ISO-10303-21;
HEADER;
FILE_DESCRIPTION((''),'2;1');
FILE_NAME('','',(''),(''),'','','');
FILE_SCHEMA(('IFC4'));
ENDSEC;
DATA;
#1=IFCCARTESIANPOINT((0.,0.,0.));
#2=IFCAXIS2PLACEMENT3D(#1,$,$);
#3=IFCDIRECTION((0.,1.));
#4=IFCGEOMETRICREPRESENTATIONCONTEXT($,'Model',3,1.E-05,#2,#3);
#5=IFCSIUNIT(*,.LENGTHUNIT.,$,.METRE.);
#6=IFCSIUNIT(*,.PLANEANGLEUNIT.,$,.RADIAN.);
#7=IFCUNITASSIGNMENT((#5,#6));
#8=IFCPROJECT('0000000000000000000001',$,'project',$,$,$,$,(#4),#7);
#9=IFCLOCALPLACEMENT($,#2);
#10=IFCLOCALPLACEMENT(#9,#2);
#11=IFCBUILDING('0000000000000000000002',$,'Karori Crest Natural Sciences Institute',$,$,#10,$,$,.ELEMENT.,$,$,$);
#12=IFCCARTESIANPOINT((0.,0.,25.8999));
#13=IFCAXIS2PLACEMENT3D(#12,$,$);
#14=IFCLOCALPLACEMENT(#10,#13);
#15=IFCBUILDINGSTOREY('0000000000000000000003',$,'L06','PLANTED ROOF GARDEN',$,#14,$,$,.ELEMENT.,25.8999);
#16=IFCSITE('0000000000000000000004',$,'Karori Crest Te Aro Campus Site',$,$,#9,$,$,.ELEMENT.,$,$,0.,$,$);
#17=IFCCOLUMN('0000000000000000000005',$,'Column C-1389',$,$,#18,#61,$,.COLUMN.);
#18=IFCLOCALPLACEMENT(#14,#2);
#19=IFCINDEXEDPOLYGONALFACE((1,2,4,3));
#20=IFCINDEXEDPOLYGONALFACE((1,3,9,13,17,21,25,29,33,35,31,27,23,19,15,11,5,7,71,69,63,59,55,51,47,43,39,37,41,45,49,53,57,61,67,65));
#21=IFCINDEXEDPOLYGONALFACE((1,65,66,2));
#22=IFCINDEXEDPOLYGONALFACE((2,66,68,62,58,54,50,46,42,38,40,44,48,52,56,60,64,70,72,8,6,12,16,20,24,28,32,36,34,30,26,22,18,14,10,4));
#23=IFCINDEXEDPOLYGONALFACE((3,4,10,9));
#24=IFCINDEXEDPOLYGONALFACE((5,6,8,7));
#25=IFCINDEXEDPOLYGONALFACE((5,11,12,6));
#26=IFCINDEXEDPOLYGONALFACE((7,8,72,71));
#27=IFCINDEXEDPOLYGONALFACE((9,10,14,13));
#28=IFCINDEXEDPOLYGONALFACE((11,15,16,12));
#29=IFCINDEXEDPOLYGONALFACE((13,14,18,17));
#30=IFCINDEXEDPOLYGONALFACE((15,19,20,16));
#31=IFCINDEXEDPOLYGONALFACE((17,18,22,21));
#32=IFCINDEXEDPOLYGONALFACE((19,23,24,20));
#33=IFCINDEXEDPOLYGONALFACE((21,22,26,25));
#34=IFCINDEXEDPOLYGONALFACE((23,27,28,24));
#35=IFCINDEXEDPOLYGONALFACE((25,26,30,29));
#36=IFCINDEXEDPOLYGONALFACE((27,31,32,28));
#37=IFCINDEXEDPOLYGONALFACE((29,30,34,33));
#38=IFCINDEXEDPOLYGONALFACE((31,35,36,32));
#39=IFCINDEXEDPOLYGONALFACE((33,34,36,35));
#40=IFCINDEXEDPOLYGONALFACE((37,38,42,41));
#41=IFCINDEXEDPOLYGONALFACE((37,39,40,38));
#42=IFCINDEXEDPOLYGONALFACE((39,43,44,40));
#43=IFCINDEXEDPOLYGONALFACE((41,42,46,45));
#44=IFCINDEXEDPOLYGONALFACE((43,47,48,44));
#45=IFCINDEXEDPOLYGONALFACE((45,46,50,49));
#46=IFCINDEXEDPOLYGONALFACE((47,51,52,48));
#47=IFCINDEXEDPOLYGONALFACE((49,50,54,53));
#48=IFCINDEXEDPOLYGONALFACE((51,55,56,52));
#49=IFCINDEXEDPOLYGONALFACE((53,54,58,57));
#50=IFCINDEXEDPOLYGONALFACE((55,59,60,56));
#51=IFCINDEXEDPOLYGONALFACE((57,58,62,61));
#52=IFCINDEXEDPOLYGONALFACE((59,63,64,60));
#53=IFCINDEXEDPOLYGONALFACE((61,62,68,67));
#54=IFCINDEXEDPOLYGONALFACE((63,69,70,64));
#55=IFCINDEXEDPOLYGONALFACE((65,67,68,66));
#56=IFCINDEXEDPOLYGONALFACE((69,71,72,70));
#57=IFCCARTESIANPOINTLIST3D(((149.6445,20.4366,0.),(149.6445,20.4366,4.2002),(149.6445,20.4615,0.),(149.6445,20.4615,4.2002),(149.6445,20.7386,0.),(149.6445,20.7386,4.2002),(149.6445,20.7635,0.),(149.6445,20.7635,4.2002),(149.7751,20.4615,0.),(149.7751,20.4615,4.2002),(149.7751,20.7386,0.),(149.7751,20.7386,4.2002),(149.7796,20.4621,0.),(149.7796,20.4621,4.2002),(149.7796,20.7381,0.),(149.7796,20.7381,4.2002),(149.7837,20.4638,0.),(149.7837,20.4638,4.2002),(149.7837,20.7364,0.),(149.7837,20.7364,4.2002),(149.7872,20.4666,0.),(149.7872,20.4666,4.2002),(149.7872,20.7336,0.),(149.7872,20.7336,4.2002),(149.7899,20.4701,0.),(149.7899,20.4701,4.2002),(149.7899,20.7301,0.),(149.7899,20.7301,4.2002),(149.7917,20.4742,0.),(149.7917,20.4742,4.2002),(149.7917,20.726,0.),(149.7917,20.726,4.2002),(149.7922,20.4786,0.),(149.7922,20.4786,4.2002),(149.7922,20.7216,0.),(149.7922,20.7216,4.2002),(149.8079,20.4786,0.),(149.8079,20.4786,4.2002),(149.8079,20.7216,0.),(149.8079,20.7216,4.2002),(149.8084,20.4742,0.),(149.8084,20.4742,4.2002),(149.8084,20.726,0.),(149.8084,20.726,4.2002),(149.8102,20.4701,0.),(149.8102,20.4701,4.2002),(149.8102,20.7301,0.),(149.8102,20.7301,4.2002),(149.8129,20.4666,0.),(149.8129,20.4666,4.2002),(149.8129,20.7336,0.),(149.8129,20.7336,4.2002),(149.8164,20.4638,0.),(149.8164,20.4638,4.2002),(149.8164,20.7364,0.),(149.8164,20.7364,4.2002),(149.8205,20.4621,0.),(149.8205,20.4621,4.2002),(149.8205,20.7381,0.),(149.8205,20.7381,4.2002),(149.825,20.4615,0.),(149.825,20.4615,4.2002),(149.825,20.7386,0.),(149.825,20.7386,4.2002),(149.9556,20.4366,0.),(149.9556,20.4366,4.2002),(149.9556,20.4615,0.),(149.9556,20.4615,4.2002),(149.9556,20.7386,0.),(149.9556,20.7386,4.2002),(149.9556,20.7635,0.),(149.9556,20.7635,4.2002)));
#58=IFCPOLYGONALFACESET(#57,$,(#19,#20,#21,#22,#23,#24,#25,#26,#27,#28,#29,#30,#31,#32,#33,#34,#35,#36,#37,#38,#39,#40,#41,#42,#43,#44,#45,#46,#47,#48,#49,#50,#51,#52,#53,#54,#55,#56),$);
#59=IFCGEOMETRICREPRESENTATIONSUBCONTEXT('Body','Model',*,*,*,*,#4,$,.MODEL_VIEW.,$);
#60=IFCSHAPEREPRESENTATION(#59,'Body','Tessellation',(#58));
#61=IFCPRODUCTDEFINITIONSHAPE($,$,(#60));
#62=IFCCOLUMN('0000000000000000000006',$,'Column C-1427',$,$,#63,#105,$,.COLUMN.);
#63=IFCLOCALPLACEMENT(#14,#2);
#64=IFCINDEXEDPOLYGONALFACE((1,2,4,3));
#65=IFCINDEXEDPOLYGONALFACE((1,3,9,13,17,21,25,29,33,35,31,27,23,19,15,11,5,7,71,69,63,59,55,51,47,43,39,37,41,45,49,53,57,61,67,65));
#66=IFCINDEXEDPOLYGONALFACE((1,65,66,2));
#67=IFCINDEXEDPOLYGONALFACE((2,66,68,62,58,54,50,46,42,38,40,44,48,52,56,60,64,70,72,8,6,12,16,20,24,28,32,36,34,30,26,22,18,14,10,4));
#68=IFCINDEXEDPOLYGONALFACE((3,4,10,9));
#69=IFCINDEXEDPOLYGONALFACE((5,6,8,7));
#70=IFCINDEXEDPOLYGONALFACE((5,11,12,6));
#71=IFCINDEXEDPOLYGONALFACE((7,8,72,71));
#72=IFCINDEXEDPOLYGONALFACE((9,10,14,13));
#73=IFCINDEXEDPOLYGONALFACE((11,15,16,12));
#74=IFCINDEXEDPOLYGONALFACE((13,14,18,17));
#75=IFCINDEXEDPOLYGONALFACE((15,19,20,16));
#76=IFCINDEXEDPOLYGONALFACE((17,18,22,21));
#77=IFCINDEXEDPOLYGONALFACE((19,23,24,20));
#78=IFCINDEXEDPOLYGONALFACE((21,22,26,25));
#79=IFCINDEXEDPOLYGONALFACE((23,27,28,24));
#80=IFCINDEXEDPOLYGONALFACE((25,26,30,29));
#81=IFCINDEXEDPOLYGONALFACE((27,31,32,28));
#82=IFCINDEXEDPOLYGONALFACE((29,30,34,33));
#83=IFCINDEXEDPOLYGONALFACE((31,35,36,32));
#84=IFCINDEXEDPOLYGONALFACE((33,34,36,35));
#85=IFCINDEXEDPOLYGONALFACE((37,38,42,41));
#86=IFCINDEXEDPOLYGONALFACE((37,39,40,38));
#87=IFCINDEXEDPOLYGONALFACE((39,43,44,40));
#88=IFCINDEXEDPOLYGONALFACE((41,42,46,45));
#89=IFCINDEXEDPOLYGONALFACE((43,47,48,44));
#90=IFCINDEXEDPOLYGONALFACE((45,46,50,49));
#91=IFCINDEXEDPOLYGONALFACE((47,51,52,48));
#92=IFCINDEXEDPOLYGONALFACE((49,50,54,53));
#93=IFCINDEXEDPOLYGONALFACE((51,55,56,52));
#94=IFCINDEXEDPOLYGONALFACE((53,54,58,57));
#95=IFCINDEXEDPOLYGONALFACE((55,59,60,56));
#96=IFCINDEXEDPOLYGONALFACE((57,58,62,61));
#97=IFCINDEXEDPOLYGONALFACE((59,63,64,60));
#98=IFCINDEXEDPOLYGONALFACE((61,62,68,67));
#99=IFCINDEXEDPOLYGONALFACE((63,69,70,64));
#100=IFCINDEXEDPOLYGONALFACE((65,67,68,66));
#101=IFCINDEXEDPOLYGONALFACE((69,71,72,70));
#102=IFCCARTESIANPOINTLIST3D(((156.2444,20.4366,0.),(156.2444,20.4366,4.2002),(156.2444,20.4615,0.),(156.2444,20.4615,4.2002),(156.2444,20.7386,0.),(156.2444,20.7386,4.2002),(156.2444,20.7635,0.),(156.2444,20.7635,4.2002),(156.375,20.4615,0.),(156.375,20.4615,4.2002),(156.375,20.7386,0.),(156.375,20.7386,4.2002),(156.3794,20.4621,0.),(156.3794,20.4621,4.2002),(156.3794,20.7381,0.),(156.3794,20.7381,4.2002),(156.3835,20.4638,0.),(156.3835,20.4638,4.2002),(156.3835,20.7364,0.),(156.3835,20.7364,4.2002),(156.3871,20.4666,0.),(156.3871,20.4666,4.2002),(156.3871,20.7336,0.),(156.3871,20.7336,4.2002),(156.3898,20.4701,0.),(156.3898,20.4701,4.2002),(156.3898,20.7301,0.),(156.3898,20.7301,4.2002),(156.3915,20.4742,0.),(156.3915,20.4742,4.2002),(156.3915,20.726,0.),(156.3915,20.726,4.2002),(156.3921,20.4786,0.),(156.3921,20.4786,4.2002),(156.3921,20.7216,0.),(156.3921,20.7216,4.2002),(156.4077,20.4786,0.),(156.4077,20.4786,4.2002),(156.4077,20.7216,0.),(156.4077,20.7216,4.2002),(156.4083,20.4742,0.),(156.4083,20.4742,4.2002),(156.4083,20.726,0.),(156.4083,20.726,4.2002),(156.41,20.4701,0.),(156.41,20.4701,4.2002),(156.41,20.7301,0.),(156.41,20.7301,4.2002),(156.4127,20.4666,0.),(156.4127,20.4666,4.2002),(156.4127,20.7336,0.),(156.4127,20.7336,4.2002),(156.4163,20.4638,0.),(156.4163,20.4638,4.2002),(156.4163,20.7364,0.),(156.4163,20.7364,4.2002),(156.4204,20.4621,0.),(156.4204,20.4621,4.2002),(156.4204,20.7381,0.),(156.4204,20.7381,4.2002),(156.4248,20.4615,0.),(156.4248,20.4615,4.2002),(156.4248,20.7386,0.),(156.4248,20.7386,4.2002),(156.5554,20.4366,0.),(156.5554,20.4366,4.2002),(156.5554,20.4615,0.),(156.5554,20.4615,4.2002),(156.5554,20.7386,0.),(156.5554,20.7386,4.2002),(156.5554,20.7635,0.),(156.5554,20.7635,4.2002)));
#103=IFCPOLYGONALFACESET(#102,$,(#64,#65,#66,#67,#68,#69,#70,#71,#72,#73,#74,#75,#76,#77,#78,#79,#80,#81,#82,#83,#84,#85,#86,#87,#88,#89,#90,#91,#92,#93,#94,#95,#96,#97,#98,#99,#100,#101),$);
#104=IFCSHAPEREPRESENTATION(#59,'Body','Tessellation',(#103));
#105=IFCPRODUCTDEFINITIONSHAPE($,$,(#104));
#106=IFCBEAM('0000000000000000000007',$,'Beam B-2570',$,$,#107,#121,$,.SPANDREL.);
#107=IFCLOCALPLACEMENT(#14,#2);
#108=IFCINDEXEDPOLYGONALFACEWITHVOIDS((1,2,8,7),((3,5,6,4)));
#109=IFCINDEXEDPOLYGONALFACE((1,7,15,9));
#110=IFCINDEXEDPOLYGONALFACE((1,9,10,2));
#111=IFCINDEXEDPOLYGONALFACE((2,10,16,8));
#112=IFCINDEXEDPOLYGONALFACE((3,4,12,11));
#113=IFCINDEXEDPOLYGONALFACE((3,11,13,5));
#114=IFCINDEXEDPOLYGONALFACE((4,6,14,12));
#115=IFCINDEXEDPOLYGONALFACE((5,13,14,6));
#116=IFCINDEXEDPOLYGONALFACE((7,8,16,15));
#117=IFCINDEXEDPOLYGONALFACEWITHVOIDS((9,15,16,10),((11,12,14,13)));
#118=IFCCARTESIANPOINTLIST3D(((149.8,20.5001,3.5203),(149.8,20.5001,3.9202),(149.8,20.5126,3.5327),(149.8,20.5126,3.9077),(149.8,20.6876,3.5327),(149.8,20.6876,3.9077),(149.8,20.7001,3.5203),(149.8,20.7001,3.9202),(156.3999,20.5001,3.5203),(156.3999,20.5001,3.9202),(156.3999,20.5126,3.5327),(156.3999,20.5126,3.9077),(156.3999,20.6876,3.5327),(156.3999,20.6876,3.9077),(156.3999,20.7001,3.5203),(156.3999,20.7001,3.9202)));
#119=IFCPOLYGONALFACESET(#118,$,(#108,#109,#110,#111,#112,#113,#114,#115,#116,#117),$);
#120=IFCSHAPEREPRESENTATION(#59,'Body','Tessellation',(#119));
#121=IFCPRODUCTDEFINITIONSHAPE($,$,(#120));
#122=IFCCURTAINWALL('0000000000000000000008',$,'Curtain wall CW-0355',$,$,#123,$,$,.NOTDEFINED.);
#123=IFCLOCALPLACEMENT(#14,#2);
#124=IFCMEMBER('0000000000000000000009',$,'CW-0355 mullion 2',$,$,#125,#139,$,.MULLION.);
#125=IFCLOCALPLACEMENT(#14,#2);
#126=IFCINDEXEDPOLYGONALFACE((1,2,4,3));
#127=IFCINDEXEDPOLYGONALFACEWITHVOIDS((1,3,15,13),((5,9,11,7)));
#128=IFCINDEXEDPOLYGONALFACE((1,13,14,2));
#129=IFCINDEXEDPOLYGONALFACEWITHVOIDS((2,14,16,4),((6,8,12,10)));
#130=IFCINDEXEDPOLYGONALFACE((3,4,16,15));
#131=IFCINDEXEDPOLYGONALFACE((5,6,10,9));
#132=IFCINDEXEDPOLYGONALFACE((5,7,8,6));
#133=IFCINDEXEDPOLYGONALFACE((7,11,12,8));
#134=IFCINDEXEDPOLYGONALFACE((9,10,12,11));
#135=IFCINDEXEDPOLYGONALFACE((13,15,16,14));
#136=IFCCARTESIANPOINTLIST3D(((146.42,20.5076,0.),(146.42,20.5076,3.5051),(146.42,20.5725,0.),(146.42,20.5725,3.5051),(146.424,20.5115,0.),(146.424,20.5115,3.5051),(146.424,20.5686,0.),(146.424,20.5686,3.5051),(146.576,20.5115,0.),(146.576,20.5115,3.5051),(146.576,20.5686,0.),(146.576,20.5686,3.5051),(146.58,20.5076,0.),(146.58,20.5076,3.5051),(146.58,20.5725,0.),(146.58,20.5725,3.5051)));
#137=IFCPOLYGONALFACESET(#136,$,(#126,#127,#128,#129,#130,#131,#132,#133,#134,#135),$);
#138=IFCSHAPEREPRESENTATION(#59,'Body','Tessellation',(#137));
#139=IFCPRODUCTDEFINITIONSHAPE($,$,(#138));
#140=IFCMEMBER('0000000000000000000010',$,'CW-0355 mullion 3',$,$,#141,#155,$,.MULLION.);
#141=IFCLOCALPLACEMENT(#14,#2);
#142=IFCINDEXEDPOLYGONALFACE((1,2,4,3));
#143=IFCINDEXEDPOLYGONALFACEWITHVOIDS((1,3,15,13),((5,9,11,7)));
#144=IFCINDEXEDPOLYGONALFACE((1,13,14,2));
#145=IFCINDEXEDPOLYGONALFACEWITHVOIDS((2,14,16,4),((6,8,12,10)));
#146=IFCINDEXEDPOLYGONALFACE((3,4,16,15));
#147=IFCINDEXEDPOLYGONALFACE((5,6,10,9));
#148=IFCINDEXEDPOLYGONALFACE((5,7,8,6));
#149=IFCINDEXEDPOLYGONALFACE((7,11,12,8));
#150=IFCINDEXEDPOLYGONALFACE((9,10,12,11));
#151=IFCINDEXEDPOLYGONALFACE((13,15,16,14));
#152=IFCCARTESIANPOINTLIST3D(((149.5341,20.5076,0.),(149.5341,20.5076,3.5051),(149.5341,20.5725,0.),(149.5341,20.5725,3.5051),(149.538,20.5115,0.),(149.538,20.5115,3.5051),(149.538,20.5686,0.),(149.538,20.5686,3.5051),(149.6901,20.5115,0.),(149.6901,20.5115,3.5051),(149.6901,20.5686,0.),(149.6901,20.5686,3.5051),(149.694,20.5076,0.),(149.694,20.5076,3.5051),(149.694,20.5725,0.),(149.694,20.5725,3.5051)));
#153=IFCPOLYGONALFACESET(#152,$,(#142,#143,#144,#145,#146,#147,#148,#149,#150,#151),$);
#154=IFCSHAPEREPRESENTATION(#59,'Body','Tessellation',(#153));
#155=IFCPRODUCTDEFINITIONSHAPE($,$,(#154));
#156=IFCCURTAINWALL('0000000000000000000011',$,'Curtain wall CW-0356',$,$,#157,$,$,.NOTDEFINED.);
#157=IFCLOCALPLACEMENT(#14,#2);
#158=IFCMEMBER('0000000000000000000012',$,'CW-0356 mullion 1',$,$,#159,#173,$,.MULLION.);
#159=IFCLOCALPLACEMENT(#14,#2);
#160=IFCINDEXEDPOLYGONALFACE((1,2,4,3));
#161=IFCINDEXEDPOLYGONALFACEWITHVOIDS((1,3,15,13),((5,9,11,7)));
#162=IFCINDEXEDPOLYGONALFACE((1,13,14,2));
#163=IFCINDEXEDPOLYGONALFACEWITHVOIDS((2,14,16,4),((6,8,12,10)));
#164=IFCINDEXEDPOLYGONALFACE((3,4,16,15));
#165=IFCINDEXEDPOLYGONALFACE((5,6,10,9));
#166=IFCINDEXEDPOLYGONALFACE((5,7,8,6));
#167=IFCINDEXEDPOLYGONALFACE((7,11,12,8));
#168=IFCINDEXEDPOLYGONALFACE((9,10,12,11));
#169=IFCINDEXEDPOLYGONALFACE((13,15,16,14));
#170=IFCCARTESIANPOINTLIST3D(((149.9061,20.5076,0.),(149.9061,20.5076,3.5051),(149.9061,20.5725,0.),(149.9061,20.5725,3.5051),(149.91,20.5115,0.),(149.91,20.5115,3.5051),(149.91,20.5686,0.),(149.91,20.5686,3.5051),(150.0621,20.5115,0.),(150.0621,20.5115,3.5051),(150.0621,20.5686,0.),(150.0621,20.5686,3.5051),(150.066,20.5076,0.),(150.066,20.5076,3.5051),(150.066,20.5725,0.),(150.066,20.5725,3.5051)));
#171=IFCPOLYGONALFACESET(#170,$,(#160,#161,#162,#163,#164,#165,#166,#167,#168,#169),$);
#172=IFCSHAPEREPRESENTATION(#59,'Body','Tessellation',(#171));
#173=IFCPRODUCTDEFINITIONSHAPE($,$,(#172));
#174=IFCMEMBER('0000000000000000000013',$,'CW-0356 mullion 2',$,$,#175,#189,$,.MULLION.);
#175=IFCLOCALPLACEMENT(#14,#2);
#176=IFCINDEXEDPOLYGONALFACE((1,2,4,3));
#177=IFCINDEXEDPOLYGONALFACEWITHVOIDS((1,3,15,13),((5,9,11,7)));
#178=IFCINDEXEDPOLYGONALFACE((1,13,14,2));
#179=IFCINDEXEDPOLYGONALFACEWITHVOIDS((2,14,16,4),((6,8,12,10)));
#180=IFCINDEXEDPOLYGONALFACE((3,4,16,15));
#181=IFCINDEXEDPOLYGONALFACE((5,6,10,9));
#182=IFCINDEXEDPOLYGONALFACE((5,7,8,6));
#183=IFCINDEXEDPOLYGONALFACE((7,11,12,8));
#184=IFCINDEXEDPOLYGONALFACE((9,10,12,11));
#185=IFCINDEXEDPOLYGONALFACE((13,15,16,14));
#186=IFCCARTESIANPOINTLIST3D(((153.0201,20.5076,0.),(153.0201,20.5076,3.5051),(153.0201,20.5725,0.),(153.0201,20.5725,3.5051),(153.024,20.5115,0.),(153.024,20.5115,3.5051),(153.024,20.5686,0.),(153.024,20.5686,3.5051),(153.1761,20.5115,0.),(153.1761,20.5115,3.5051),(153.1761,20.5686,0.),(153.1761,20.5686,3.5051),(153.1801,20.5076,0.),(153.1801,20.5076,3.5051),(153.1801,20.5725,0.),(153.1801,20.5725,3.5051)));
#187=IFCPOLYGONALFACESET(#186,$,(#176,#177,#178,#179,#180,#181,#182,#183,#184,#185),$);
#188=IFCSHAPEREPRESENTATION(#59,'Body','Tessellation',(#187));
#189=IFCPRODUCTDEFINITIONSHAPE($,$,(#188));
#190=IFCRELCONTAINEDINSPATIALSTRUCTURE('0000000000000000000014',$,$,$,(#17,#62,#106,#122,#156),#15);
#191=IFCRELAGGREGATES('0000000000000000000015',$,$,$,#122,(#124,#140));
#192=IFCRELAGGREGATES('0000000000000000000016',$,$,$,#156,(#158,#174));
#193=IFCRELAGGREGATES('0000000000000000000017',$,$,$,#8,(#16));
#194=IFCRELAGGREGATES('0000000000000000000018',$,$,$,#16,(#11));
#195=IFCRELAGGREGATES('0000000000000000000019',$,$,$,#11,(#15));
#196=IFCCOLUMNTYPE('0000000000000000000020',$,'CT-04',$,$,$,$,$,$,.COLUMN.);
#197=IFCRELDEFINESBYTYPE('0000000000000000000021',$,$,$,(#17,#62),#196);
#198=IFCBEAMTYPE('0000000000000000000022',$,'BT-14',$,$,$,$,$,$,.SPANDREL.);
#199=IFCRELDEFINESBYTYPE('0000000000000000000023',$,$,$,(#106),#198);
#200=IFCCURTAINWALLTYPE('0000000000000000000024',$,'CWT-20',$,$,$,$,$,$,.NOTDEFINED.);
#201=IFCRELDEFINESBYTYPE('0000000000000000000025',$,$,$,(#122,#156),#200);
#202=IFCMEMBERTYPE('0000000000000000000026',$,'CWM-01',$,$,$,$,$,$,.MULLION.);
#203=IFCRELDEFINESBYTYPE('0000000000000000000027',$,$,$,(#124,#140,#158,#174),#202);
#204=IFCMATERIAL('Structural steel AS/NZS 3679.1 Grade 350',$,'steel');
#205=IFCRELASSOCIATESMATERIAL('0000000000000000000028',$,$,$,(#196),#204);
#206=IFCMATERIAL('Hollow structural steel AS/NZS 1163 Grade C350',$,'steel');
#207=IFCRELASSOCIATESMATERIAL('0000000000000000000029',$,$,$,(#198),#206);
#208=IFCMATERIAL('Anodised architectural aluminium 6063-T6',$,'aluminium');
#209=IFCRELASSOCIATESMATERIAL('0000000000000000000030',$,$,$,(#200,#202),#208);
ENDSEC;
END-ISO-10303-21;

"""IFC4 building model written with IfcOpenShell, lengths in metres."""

from ifc_helpers import new_model, si_unit, direction, frame, origin, origin_2d, place, context, subcontext, project, spatial, hollow_rectangle, i_section, extrude, material, material_profile, profile_set, type_object, element, aggregate, save


model = new_model("IFC4")

# Units and contexts
model_context = context("Model", 3, precision=1e-05, world=origin(), true_north=direction((0.0, 1.0)))
body_context = subcontext(model_context, "Body", "Model", "MODEL_VIEW")
ifc_project = project(units=[si_unit("LENGTHUNIT", "METRE"), si_unit("PLANEANGLEUNIT", "RADIAN")], contexts=[model_context])

# Site, building, storey
site_placement = place(None, origin())
site = spatial("IfcSite", under=ifc_project, at=site_placement, Name="Karori Crest Te Aro Campus Site", CompositionType="ELEMENT", RefElevation=0.0)
building_placement = place(site_placement, origin())
building = spatial("IfcBuilding", under=site, at=building_placement, Name="Karori Crest Natural Sciences Institute", CompositionType="ELEMENT")
storey_placement = place(building_placement, frame((0.0, 0.0, 25.8999)))
storey = spatial("IfcBuildingStorey", under=building, at=storey_placement, Name="L06", Description="PLANTED ROOF GARDEN", CompositionType="ELEMENT", Elevation=25.8999)

# Columns
ifc_material_1 = material(Name="Structural steel AS/NZS 3679.1 Grade 350", Category="steel")
ifc_material_profile_1 = material_profile(ifc_material_1, i_section(OverallWidth=0.311, OverallDepth=0.3269, WebThickness=0.0156, FlangeThickness=0.0249, FilletRadius=0.0171, at=origin_2d()), Name="310UC158")
ifc_profile_set_1 = profile_set([ifc_material_profile_1], Name="Structural steel AS/NZS 3679.1 Grade 350")
column_type = type_object("IfcColumnType", Name="CT-04", PredefinedType="COLUMN", material=ifc_profile_set_1)
for number, where, z_axis, x_axis, name in (
    (1, (149.8, 20.6001, 0.0), (0.0, 0.0, 1.0), (1.0, 0.0, 0.0), "Column C-1389"),
    (2, (156.3999, 20.6001, 0.0), (0.0, 0.0, 1.0), (1.0, 0.0, 0.0), "Column C-1427"),
):
    element("IfcColumn", number, at=place(storey_placement, frame(where, z_axis=z_axis, x_axis=x_axis)), inside=storey, type_object=column_type, Name=name, PredefinedType="COLUMN", context=body_context, shape_type="SweptSolid", body=[
        extrude(i_section(OverallWidth=0.311, OverallDepth=0.3269, WebThickness=0.0156, FlangeThickness=0.0249, FilletRadius=0.0171, at=origin_2d()), origin(), (0.0, 0.0, 1.0), 4.2002),
    ])

# Beam
ifc_material_2 = material(Name="Hollow structural steel AS/NZS 1163 Grade C350", Category="steel")
ifc_material_profile_2 = material_profile(ifc_material_2, hollow_rectangle(XDim=0.2, YDim=0.3999, WallThickness=0.0125, at=origin_2d()), Name="RHS400x200x12.5")
ifc_profile_set_2 = profile_set([ifc_material_profile_2], Name="Hollow structural steel AS/NZS 1163 Grade C350")
beam_type = type_object("IfcBeamType", Name="BT-14", PredefinedType="SPANDREL", material=ifc_profile_set_2)
beam_placement = place(storey_placement, frame((149.8, 20.6001, 3.7202), z_axis=(1.0, 0.0, 0.0), x_axis=(0.0, 1.0, 0.0)))
element("IfcBeam", 3, at=beam_placement, inside=storey, type_object=beam_type, Name="Beam B-2570", PredefinedType="SPANDREL", context=body_context, shape_type="SweptSolid", body=[
    extrude(hollow_rectangle(XDim=0.2, YDim=0.3999, WallThickness=0.0125, at=origin_2d()), origin(), (0.0, 0.0, 1.0), 6.5999),
])

# Curtain walls, members
ifc_material_3 = material(Name="Anodised architectural aluminium 6063-T6", Category="aluminium")
curtain_wall_type = type_object("IfcCurtainWallType", Name="CWT-20", PredefinedType="NOTDEFINED", material=ifc_material_3)
curtain_wall_1_placement = place(storey_placement, origin())
curtain_wall_1 = element("IfcCurtainWall", 4, at=curtain_wall_1_placement, inside=storey, type_object=curtain_wall_type, Name="Curtain wall CW-0355", PredefinedType="NOTDEFINED")
ifc_material_profile_3 = material_profile(ifc_material_3, hollow_rectangle(XDim=0.0649, YDim=0.1599, WallThickness=0.0039, at=origin_2d()), Name="CWM160x65x4")
ifc_profile_set_3 = profile_set([ifc_material_profile_3], Name="Anodised architectural aluminium 6063-T6")
member_type_1 = type_object("IfcMemberType", Name="CWM-01", PredefinedType="MULLION", material=ifc_profile_set_3)
member_1_placement = place(storey_placement, frame((146.5, 20.54, 0.0), z_axis=(0.0, 0.0, 1.0), x_axis=(0.0, 1.0, 0.0)))
member_1 = element("IfcMember", 5, at=member_1_placement, type_object=member_type_1, Name="CW-0355 mullion 2", PredefinedType="MULLION", context=body_context, shape_type="SweptSolid", body=[
    extrude(hollow_rectangle(XDim=0.0649, YDim=0.1599, WallThickness=0.0039, at=origin_2d()), origin(), (0.0, 0.0, 1.0), 3.5051),
])
member_2_placement = place(storey_placement, frame((149.614, 20.54, 0.0), z_axis=(0.0, 0.0, 1.0), x_axis=(0.0, 1.0, 0.0)))
member_2 = element("IfcMember", 6, at=member_2_placement, type_object=member_type_1, Name="CW-0355 mullion 3", PredefinedType="MULLION", context=body_context, shape_type="SweptSolid", body=[
    extrude(hollow_rectangle(XDim=0.0649, YDim=0.1599, WallThickness=0.0039, at=origin_2d()), origin(), (0.0, 0.0, 1.0), 3.5051),
])
curtain_wall_2_placement = place(storey_placement, origin())
curtain_wall_2 = element("IfcCurtainWall", 7, at=curtain_wall_2_placement, inside=storey, type_object=curtain_wall_type, Name="Curtain wall CW-0356", PredefinedType="NOTDEFINED")
member_3_placement = place(storey_placement, frame((149.9861, 20.54, 0.0), z_axis=(0.0, 0.0, 1.0), x_axis=(0.0, 1.0, 0.0)))
member_3 = element("IfcMember", 8, at=member_3_placement, type_object=member_type_1, Name="CW-0356 mullion 1", PredefinedType="MULLION", context=body_context, shape_type="SweptSolid", body=[
    extrude(hollow_rectangle(XDim=0.0649, YDim=0.1599, WallThickness=0.0039, at=origin_2d()), origin(), (0.0, 0.0, 1.0), 3.5051),
])
member_4_placement = place(storey_placement, frame((153.1001, 20.54, 0.0), z_axis=(0.0, 0.0, 1.0), x_axis=(0.0, 1.0, 0.0)))
member_4 = element("IfcMember", 9, at=member_4_placement, type_object=member_type_1, Name="CW-0356 mullion 2", PredefinedType="MULLION", context=body_context, shape_type="SweptSolid", body=[
    extrude(hollow_rectangle(XDim=0.0649, YDim=0.1599, WallThickness=0.0039, at=origin_2d()), origin(), (0.0, 0.0, 1.0), 3.5051),
])

aggregate(curtain_wall_1, [member_1, member_2])
aggregate(curtain_wall_2, [member_3, member_4])

save(model, "model.ifc")
